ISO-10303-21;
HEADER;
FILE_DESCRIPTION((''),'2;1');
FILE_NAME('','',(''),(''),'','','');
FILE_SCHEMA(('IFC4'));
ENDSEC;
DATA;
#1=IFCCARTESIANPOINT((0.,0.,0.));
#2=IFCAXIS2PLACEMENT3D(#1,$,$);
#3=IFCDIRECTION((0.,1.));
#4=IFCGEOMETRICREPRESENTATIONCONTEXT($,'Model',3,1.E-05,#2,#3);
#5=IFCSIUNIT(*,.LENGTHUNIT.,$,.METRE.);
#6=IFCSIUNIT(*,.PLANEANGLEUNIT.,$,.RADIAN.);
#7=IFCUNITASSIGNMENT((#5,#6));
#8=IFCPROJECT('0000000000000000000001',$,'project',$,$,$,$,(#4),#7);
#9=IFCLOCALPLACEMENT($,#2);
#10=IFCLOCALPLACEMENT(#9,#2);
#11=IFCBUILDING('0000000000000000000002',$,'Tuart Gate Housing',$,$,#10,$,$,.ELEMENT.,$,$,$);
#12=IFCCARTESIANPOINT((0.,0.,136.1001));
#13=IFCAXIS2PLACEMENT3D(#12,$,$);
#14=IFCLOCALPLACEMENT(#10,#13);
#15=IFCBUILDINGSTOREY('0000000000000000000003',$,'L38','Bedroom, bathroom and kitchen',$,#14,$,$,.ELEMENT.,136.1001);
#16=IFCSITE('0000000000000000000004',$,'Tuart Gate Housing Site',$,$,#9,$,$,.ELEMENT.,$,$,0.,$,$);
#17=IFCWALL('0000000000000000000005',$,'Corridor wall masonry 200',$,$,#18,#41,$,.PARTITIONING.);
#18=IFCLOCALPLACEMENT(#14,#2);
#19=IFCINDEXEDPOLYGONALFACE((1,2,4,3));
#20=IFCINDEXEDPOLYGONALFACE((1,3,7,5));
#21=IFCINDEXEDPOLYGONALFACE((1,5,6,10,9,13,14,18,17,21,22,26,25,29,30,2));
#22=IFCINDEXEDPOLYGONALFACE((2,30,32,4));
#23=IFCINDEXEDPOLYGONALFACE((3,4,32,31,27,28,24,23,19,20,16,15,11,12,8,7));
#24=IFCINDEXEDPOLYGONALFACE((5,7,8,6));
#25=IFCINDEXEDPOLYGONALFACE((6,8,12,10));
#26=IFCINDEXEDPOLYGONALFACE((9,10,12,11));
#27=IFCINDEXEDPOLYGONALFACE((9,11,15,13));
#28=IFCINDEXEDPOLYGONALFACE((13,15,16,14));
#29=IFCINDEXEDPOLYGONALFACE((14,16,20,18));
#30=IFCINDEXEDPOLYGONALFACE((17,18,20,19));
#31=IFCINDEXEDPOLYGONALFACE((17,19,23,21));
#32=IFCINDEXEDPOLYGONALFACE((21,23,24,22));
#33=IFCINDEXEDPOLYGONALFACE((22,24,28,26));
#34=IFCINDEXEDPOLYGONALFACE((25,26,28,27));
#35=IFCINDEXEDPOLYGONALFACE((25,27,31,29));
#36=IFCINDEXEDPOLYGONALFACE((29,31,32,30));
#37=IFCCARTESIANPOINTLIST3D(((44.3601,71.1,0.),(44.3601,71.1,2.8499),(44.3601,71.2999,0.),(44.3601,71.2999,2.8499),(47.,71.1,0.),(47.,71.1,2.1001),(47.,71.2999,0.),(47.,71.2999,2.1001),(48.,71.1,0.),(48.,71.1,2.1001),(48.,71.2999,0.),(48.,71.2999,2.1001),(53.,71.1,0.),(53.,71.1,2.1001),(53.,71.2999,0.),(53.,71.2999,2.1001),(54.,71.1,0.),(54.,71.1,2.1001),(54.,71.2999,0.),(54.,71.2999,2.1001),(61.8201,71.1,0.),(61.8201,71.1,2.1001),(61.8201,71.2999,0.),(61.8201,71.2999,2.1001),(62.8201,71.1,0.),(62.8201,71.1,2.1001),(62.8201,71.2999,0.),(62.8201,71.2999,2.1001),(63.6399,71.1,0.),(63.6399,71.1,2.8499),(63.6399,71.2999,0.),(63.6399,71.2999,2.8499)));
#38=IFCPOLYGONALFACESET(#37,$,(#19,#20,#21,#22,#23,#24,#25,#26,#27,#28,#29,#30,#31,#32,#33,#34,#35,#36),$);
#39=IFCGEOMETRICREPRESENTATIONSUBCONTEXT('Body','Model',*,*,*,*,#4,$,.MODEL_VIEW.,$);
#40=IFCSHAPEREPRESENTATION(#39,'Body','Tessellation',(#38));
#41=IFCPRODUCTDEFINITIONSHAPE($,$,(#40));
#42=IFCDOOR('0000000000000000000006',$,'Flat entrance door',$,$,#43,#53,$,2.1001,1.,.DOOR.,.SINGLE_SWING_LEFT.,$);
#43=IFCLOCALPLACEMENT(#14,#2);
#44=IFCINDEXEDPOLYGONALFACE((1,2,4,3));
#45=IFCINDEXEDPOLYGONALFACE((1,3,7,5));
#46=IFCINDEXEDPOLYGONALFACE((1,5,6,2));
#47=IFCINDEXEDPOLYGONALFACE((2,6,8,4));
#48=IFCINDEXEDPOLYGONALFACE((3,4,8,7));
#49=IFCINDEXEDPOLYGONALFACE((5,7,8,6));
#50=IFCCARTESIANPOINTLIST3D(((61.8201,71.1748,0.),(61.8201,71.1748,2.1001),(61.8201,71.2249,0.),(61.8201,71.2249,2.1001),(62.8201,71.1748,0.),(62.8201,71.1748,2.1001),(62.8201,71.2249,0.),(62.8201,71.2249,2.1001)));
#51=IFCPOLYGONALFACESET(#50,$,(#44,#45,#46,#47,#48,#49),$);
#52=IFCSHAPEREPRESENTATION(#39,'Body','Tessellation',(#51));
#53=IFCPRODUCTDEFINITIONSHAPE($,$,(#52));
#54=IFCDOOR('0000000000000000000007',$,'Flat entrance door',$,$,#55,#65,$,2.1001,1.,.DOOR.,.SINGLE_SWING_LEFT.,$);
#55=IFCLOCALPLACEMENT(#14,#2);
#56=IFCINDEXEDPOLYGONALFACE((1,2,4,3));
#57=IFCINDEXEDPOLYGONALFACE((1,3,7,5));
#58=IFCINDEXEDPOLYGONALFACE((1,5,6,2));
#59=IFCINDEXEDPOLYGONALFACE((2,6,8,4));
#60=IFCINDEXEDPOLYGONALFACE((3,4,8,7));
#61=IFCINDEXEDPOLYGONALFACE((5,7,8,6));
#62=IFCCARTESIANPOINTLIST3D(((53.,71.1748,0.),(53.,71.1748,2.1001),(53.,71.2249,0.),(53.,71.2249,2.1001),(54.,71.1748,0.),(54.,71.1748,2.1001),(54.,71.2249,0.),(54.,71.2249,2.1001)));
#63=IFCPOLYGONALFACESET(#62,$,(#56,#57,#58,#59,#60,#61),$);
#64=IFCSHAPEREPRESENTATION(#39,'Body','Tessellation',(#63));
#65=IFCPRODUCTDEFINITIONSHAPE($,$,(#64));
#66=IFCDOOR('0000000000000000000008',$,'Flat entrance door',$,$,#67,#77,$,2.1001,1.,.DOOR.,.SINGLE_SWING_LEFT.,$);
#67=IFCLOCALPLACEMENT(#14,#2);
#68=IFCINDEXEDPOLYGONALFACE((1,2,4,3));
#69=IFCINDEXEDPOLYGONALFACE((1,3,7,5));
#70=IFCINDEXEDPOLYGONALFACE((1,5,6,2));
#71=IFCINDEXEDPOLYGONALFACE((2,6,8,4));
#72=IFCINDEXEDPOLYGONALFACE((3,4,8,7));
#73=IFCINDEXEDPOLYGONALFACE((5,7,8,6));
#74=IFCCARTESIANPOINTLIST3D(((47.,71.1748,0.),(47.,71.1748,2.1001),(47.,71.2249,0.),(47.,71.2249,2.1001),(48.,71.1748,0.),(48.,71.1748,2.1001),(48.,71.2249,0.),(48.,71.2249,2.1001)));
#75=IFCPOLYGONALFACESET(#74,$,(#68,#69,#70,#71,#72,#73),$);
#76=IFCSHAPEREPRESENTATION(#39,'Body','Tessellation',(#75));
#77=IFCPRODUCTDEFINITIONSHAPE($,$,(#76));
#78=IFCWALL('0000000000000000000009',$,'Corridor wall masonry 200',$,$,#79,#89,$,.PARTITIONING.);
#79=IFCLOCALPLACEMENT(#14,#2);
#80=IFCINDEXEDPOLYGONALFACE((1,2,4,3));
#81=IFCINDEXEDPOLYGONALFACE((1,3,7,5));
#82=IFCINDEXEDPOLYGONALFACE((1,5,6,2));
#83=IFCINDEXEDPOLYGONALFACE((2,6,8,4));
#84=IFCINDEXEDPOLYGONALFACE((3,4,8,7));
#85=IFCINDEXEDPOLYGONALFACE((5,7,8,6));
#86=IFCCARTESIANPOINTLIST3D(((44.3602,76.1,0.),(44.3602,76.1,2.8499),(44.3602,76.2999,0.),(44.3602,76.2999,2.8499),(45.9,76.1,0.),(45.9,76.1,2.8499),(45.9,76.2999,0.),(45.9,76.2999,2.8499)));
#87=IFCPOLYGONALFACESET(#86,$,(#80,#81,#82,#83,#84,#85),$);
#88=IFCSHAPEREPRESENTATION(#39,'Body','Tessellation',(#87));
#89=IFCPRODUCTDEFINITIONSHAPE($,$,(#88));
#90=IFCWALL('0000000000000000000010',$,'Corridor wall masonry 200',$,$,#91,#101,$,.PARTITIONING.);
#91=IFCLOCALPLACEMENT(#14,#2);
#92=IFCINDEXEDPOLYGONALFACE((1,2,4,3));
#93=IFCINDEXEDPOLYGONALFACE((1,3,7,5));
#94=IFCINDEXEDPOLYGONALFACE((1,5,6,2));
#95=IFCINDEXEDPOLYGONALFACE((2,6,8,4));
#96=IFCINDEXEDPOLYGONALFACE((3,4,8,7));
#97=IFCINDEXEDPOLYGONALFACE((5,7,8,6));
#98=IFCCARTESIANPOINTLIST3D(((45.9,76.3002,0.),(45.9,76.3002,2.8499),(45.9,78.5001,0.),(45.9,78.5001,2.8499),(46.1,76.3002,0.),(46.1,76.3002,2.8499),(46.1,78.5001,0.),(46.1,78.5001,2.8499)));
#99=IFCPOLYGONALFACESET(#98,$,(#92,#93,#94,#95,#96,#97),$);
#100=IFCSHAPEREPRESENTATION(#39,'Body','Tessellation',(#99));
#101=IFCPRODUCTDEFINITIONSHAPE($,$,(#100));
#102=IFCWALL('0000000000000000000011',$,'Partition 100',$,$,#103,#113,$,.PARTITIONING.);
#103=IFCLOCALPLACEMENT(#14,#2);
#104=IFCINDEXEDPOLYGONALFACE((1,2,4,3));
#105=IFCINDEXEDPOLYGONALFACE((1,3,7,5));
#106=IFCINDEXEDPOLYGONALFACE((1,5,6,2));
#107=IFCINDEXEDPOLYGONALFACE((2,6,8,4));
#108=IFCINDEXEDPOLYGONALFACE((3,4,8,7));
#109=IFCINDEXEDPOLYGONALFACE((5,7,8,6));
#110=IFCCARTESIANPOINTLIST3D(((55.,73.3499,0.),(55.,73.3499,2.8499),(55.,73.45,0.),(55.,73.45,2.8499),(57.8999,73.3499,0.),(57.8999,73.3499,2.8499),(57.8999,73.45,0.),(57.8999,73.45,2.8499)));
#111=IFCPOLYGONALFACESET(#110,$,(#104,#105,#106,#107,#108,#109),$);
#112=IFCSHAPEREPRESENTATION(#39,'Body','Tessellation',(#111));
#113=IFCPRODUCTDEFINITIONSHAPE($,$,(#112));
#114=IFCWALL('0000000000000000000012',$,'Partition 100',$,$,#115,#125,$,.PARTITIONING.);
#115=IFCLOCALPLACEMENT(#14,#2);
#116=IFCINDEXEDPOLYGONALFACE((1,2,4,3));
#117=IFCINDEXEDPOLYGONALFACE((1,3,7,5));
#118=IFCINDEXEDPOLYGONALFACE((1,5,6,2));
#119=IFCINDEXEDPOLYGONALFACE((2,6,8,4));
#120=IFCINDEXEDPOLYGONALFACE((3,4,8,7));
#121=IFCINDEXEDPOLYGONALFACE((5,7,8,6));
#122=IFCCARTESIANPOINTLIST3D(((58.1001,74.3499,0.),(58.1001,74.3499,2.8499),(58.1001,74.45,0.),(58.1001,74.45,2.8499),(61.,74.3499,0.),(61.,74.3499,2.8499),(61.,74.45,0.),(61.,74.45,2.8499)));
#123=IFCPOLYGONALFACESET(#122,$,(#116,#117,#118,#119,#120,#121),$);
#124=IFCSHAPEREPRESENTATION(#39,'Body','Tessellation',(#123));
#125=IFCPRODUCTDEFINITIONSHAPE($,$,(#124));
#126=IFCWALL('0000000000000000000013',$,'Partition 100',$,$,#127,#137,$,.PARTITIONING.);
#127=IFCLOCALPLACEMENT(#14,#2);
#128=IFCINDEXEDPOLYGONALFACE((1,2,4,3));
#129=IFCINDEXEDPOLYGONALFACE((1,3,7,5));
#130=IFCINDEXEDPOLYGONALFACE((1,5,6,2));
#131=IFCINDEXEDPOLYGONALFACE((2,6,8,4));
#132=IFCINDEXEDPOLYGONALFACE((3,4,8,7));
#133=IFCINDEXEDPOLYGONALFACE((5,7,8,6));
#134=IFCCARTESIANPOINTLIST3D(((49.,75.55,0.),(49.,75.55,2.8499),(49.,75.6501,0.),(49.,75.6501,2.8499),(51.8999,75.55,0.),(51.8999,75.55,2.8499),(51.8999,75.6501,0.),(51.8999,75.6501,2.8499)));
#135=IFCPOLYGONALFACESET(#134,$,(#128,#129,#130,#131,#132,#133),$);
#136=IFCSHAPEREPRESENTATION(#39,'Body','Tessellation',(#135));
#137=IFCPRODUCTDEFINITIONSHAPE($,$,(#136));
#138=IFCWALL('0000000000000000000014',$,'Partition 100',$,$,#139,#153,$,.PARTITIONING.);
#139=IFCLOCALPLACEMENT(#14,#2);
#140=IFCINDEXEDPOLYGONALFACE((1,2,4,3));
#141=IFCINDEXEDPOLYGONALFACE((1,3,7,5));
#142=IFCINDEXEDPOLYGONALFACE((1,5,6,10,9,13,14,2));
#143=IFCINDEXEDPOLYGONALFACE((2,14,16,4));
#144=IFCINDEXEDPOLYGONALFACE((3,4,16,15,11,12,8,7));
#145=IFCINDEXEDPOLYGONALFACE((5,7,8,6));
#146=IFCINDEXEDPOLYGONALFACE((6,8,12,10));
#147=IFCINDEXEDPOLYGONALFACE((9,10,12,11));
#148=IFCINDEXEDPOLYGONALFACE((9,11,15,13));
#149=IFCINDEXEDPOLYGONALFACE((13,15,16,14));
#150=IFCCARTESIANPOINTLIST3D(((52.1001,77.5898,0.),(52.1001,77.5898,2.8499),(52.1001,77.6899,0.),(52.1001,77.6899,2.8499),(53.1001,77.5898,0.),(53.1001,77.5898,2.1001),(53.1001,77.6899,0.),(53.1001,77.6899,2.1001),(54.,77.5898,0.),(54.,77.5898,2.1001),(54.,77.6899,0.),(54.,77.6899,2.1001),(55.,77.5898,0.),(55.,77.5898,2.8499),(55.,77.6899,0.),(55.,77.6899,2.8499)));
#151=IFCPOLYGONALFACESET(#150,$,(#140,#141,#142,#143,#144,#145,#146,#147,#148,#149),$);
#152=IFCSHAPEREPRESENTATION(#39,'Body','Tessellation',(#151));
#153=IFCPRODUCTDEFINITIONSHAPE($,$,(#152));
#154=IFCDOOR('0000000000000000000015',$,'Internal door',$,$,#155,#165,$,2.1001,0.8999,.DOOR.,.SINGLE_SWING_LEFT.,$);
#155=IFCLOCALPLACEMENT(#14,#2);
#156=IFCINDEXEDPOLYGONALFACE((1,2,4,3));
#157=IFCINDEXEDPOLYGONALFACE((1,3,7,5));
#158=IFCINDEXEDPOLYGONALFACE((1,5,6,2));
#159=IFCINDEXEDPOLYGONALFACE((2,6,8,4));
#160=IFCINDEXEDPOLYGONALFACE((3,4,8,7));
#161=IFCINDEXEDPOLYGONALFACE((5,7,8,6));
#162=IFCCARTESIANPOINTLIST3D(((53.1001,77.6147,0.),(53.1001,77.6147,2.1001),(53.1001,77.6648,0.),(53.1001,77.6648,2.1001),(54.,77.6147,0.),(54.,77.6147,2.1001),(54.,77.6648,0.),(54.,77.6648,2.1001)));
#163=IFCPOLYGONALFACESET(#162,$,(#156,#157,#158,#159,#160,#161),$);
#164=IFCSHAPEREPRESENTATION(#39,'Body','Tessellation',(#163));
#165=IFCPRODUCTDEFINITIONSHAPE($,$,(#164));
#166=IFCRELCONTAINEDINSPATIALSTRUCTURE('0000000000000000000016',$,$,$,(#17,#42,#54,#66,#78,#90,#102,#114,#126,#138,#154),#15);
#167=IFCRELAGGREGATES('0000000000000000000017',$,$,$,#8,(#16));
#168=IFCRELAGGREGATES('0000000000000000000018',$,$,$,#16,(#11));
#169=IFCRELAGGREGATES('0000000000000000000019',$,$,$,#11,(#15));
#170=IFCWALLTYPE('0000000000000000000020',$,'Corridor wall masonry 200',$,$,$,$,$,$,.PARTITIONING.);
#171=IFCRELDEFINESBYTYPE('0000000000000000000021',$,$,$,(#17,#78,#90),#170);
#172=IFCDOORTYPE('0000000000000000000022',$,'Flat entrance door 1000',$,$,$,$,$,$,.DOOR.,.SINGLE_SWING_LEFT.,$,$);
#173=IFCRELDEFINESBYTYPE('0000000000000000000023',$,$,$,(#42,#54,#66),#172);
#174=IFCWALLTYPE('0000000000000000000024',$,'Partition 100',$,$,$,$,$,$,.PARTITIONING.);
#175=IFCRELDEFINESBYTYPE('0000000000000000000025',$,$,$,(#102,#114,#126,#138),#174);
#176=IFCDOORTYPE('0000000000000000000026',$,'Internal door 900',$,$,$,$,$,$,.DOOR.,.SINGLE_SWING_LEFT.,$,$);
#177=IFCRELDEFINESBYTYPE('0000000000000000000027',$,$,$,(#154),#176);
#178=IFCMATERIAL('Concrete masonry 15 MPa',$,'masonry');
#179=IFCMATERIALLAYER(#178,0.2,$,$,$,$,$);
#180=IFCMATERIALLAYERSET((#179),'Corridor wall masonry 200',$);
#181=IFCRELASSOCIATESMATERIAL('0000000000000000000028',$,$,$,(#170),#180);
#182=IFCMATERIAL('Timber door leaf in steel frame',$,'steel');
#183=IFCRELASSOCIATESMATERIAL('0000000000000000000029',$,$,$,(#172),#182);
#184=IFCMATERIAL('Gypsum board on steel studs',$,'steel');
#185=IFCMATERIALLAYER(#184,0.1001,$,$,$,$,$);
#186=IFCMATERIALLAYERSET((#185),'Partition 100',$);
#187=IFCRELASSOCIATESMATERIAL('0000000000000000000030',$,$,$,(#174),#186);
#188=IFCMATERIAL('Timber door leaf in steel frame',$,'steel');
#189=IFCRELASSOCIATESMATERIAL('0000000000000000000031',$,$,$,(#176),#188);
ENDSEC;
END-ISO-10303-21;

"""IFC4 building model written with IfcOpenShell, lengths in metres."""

from ifc_helpers import new_model, si_unit, direction, frame, frame_2d, origin, place, context, subcontext, project, spatial, rectangle, extrude, material, layer, layer_set, type_object, element, fill, save


model = new_model("IFC4")

# Units and contexts
model_context = context("Model", 3, precision=1e-05, world=origin(), true_north=direction((0.0, 1.0)))
body_context = subcontext(model_context, "Body", "Model", "MODEL_VIEW")
ifc_project = project(units=[si_unit("LENGTHUNIT", "METRE"), si_unit("PLANEANGLEUNIT", "RADIAN")], contexts=[model_context])

# Site, building, storey
site_placement = place(None, origin())
site = spatial("IfcSite", under=ifc_project, at=site_placement, Name="Tuart Gate Housing Site", CompositionType="ELEMENT", RefElevation=0.0)
building_placement = place(site_placement, origin())
building = spatial("IfcBuilding", under=site, at=building_placement, Name="Tuart Gate Housing", CompositionType="ELEMENT")
storey_placement = place(building_placement, frame((0.0, 0.0, 136.1001)))
storey = spatial("IfcBuildingStorey", under=building, at=storey_placement, Name="L38", Description="Bedroom, bathroom and kitchen", CompositionType="ELEMENT", Elevation=136.1001)

# Wall, openings, doors
ifc_material_1 = material(Name="Concrete masonry 15 MPa", Category="masonry")
ifc_layer_1 = layer(ifc_material_1, 0.2)
ifc_layer_set_1 = layer_set([ifc_layer_1], Name="Corridor wall masonry 200")
wall_type_1 = type_object("IfcWallType", Name="Corridor wall masonry 200", PredefinedType="PARTITIONING", material=ifc_layer_set_1)
wall_1_placement = place(storey_placement, frame((44.3601, 71.2, 0.0), z_axis=(0.0, 0.0, 1.0), x_axis=(1.0, 0.0, 0.0)))
wall_1 = element("IfcWall", 1, at=wall_1_placement, inside=storey, type_object=wall_type_1, Name="Corridor wall masonry 200", PredefinedType="PARTITIONING", context=body_context, shape_type="SweptSolid", body=[
    extrude(rectangle(XDim=19.2798, YDim=0.2, at=frame_2d((9.6399, 0.0))), origin(), (0.0, 0.0, 1.0), 2.8499),
])
opening_1_placement = place(wall_1_placement, frame((17.46, 0.0, 0.0)))
opening_1 = element("IfcOpeningElement", 2, at=opening_1_placement, cuts=wall_1, PredefinedType="OPENING", context=body_context, shape_type="SweptSolid", body=[
    extrude(rectangle(XDim=1.0, YDim=2.1001, at=frame_2d((0.5, 1.05))), frame((0.0, 0.1099, 0.0), z_axis=(0.0, -1.0, 0.0), x_axis=(1.0, 0.0, 0.0)), (0.0, 0.0, 1.0), 0.22),
])
opening_2_placement = place(wall_1_placement, frame((8.6399, 0.0, 0.0)))
opening_2 = element("IfcOpeningElement", 3, at=opening_2_placement, cuts=wall_1, PredefinedType="OPENING", context=body_context, shape_type="SweptSolid", body=[
    extrude(rectangle(XDim=1.0, YDim=2.1001, at=frame_2d((0.5, 1.05))), frame((0.0, 0.1099, 0.0), z_axis=(0.0, -1.0, 0.0), x_axis=(1.0, 0.0, 0.0)), (0.0, 0.0, 1.0), 0.22),
])
opening_3_placement = place(wall_1_placement, frame((2.6399, 0.0, 0.0)))
opening_3 = element("IfcOpeningElement", 4, at=opening_3_placement, cuts=wall_1, PredefinedType="OPENING", context=body_context, shape_type="SweptSolid", body=[
    extrude(rectangle(XDim=1.0, YDim=2.1001, at=frame_2d((0.5, 1.05))), frame((0.0, 0.1099, 0.0), z_axis=(0.0, -1.0, 0.0), x_axis=(1.0, 0.0, 0.0)), (0.0, 0.0, 1.0), 0.22),
])
ifc_material_2 = material(Name="Timber door leaf in steel frame", Category="steel")
door_type_1 = type_object("IfcDoorType", Name="Flat entrance door 1000", OperationType="SINGLE_SWING_LEFT", PredefinedType="DOOR", material=ifc_material_2)
door_1_placement = place(opening_1_placement, origin())
door_1 = element("IfcDoor", 5, at=door_1_placement, inside=storey, type_object=door_type_1, Name="Flat entrance door", OperationType="SINGLE_SWING_LEFT", OverallHeight=2.1001, OverallWidth=1.0, PredefinedType="DOOR", context=body_context, shape_type="SweptSolid", body=[
    extrude(rectangle(XDim=1.0, YDim=2.1001, at=frame_2d((0.5, 1.05))), frame((0.0, 0.0249, 0.0), z_axis=(0.0, -1.0, 0.0), x_axis=(1.0, 0.0, 0.0)), (0.0, 0.0, 1.0), 0.05),
])
fill(opening_1, door_1)
door_2_placement = place(opening_2_placement, origin())
door_2 = element("IfcDoor", 6, at=door_2_placement, inside=storey, type_object=door_type_1, Name="Flat entrance door", OperationType="SINGLE_SWING_LEFT", OverallHeight=2.1001, OverallWidth=1.0, PredefinedType="DOOR", context=body_context, shape_type="SweptSolid", body=[
    extrude(rectangle(XDim=1.0, YDim=2.1001, at=frame_2d((0.5, 1.05))), frame((0.0, 0.0249, 0.0), z_axis=(0.0, -1.0, 0.0), x_axis=(1.0, 0.0, 0.0)), (0.0, 0.0, 1.0), 0.05),
])
fill(opening_2, door_2)
door_3_placement = place(opening_3_placement, origin())
door_3 = element("IfcDoor", 7, at=door_3_placement, inside=storey, type_object=door_type_1, Name="Flat entrance door", OperationType="SINGLE_SWING_LEFT", OverallHeight=2.1001, OverallWidth=1.0, PredefinedType="DOOR", context=body_context, shape_type="SweptSolid", body=[
    extrude(rectangle(XDim=1.0, YDim=2.1001, at=frame_2d((0.5, 1.05))), frame((0.0, 0.0249, 0.0), z_axis=(0.0, -1.0, 0.0), x_axis=(1.0, 0.0, 0.0)), (0.0, 0.0, 1.0), 0.05),
])
fill(opening_3, door_3)

# Walls
wall_2_placement = place(storey_placement, frame((44.3601, 76.2, 0.0), z_axis=(0.0, 0.0, 1.0), x_axis=(1.0, 0.0, 0.0)))
element("IfcWall", 8, at=wall_2_placement, inside=storey, type_object=wall_type_1, Name="Corridor wall masonry 200", PredefinedType="PARTITIONING", context=body_context, shape_type="SweptSolid", body=[
    extrude(rectangle(XDim=1.5398, YDim=0.2, at=frame_2d((0.77, 0.0))), origin(), (0.0, 0.0, 1.0), 2.8499),
])
wall_3_placement = place(storey_placement, frame((46.0, 76.3, 0.0), z_axis=(0.0, 0.0, 1.0), x_axis=(0.0, 1.0, 0.0)))
element("IfcWall", 9, at=wall_3_placement, inside=storey, type_object=wall_type_1, Name="Corridor wall masonry 200", PredefinedType="PARTITIONING", context=body_context, shape_type="SweptSolid", body=[
    extrude(rectangle(XDim=2.2, YDim=0.2, at=frame_2d((1.1001, 0.0))), origin(), (0.0, 0.0, 1.0), 2.8499),
])
ifc_material_3 = material(Name="Gypsum board on steel studs", Category="steel")
ifc_layer_2 = layer(ifc_material_3, 0.1001)
ifc_layer_set_2 = layer_set([ifc_layer_2], Name="Partition 100")
wall_type_2 = type_object("IfcWallType", Name="Partition 100", PredefinedType="PARTITIONING", material=ifc_layer_set_2)
for number, where, z_axis, x_axis, name in (
    (10, (55.0, 73.3999, 0.0), (0.0, 0.0, 1.0), (1.0, 0.0, 0.0), "Partition 100"),
    (11, (58.1001, 74.3999, 0.0), (0.0, 0.0, 1.0), (1.0, 0.0, 0.0), "Partition 100"),
    (12, (49.0, 75.6001, 0.0), (0.0, 0.0, 1.0), (1.0, 0.0, 0.0), "Partition 100"),
):
    element("IfcWall", number, at=place(storey_placement, frame(where, z_axis=z_axis, x_axis=x_axis)), inside=storey, type_object=wall_type_2, Name=name, PredefinedType="PARTITIONING", context=body_context, shape_type="SweptSolid", body=[
        extrude(rectangle(XDim=2.8999, YDim=0.1001, at=frame_2d((1.45, 0.0))), origin(), (0.0, 0.0, 1.0), 2.8499),
    ])

# Wall, opening, door
wall_4_placement = place(storey_placement, frame((52.1001, 77.6399, 0.0), z_axis=(0.0, 0.0, 1.0), x_axis=(1.0, 0.0, 0.0)))
wall_4 = element("IfcWall", 13, at=wall_4_placement, inside=storey, type_object=wall_type_2, Name="Partition 100", PredefinedType="PARTITIONING", context=body_context, shape_type="SweptSolid", body=[
    extrude(rectangle(XDim=2.8999, YDim=0.1001, at=frame_2d((1.45, 0.0))), origin(), (0.0, 0.0, 1.0), 2.8499),
])
opening_4_placement = place(wall_4_placement, frame((1.0, 0.0, 0.0)))
opening_4 = element("IfcOpeningElement", 14, at=opening_4_placement, cuts=wall_4, PredefinedType="OPENING", context=body_context, shape_type="SweptSolid", body=[
    extrude(rectangle(XDim=0.8999, YDim=2.1001, at=frame_2d((0.45, 1.05))), frame((0.0, 0.0601, 0.0), z_axis=(0.0, -1.0, 0.0), x_axis=(1.0, 0.0, 0.0)), (0.0, 0.0, 1.0), 0.1201),
])
ifc_material_4 = material(Name="Timber door leaf in steel frame", Category="steel")
door_type_2 = type_object("IfcDoorType", Name="Internal door 900", OperationType="SINGLE_SWING_LEFT", PredefinedType="DOOR", material=ifc_material_4)
door_4_placement = place(opening_4_placement, frame((0.8999, 0.0, 0.0), z_axis=(0.0, 0.0, 1.0), x_axis=(-1.0, 0.0, 0.0)))
door_4 = element("IfcDoor", 15, at=door_4_placement, inside=storey, type_object=door_type_2, Name="Internal door", OperationType="SINGLE_SWING_LEFT", OverallHeight=2.1001, OverallWidth=0.8999, PredefinedType="DOOR", context=body_context, shape_type="SweptSolid", body=[
    extrude(rectangle(XDim=0.8999, YDim=2.1001, at=frame_2d((0.45, 1.05))), frame((0.0, 0.0251, 0.0), z_axis=(0.0, -1.0, 0.0), x_axis=(1.0, 0.0, 0.0)), (0.0, 0.0, 1.0), 0.05),
])
fill(opening_4, door_4)

save(model, "model.ifc")
